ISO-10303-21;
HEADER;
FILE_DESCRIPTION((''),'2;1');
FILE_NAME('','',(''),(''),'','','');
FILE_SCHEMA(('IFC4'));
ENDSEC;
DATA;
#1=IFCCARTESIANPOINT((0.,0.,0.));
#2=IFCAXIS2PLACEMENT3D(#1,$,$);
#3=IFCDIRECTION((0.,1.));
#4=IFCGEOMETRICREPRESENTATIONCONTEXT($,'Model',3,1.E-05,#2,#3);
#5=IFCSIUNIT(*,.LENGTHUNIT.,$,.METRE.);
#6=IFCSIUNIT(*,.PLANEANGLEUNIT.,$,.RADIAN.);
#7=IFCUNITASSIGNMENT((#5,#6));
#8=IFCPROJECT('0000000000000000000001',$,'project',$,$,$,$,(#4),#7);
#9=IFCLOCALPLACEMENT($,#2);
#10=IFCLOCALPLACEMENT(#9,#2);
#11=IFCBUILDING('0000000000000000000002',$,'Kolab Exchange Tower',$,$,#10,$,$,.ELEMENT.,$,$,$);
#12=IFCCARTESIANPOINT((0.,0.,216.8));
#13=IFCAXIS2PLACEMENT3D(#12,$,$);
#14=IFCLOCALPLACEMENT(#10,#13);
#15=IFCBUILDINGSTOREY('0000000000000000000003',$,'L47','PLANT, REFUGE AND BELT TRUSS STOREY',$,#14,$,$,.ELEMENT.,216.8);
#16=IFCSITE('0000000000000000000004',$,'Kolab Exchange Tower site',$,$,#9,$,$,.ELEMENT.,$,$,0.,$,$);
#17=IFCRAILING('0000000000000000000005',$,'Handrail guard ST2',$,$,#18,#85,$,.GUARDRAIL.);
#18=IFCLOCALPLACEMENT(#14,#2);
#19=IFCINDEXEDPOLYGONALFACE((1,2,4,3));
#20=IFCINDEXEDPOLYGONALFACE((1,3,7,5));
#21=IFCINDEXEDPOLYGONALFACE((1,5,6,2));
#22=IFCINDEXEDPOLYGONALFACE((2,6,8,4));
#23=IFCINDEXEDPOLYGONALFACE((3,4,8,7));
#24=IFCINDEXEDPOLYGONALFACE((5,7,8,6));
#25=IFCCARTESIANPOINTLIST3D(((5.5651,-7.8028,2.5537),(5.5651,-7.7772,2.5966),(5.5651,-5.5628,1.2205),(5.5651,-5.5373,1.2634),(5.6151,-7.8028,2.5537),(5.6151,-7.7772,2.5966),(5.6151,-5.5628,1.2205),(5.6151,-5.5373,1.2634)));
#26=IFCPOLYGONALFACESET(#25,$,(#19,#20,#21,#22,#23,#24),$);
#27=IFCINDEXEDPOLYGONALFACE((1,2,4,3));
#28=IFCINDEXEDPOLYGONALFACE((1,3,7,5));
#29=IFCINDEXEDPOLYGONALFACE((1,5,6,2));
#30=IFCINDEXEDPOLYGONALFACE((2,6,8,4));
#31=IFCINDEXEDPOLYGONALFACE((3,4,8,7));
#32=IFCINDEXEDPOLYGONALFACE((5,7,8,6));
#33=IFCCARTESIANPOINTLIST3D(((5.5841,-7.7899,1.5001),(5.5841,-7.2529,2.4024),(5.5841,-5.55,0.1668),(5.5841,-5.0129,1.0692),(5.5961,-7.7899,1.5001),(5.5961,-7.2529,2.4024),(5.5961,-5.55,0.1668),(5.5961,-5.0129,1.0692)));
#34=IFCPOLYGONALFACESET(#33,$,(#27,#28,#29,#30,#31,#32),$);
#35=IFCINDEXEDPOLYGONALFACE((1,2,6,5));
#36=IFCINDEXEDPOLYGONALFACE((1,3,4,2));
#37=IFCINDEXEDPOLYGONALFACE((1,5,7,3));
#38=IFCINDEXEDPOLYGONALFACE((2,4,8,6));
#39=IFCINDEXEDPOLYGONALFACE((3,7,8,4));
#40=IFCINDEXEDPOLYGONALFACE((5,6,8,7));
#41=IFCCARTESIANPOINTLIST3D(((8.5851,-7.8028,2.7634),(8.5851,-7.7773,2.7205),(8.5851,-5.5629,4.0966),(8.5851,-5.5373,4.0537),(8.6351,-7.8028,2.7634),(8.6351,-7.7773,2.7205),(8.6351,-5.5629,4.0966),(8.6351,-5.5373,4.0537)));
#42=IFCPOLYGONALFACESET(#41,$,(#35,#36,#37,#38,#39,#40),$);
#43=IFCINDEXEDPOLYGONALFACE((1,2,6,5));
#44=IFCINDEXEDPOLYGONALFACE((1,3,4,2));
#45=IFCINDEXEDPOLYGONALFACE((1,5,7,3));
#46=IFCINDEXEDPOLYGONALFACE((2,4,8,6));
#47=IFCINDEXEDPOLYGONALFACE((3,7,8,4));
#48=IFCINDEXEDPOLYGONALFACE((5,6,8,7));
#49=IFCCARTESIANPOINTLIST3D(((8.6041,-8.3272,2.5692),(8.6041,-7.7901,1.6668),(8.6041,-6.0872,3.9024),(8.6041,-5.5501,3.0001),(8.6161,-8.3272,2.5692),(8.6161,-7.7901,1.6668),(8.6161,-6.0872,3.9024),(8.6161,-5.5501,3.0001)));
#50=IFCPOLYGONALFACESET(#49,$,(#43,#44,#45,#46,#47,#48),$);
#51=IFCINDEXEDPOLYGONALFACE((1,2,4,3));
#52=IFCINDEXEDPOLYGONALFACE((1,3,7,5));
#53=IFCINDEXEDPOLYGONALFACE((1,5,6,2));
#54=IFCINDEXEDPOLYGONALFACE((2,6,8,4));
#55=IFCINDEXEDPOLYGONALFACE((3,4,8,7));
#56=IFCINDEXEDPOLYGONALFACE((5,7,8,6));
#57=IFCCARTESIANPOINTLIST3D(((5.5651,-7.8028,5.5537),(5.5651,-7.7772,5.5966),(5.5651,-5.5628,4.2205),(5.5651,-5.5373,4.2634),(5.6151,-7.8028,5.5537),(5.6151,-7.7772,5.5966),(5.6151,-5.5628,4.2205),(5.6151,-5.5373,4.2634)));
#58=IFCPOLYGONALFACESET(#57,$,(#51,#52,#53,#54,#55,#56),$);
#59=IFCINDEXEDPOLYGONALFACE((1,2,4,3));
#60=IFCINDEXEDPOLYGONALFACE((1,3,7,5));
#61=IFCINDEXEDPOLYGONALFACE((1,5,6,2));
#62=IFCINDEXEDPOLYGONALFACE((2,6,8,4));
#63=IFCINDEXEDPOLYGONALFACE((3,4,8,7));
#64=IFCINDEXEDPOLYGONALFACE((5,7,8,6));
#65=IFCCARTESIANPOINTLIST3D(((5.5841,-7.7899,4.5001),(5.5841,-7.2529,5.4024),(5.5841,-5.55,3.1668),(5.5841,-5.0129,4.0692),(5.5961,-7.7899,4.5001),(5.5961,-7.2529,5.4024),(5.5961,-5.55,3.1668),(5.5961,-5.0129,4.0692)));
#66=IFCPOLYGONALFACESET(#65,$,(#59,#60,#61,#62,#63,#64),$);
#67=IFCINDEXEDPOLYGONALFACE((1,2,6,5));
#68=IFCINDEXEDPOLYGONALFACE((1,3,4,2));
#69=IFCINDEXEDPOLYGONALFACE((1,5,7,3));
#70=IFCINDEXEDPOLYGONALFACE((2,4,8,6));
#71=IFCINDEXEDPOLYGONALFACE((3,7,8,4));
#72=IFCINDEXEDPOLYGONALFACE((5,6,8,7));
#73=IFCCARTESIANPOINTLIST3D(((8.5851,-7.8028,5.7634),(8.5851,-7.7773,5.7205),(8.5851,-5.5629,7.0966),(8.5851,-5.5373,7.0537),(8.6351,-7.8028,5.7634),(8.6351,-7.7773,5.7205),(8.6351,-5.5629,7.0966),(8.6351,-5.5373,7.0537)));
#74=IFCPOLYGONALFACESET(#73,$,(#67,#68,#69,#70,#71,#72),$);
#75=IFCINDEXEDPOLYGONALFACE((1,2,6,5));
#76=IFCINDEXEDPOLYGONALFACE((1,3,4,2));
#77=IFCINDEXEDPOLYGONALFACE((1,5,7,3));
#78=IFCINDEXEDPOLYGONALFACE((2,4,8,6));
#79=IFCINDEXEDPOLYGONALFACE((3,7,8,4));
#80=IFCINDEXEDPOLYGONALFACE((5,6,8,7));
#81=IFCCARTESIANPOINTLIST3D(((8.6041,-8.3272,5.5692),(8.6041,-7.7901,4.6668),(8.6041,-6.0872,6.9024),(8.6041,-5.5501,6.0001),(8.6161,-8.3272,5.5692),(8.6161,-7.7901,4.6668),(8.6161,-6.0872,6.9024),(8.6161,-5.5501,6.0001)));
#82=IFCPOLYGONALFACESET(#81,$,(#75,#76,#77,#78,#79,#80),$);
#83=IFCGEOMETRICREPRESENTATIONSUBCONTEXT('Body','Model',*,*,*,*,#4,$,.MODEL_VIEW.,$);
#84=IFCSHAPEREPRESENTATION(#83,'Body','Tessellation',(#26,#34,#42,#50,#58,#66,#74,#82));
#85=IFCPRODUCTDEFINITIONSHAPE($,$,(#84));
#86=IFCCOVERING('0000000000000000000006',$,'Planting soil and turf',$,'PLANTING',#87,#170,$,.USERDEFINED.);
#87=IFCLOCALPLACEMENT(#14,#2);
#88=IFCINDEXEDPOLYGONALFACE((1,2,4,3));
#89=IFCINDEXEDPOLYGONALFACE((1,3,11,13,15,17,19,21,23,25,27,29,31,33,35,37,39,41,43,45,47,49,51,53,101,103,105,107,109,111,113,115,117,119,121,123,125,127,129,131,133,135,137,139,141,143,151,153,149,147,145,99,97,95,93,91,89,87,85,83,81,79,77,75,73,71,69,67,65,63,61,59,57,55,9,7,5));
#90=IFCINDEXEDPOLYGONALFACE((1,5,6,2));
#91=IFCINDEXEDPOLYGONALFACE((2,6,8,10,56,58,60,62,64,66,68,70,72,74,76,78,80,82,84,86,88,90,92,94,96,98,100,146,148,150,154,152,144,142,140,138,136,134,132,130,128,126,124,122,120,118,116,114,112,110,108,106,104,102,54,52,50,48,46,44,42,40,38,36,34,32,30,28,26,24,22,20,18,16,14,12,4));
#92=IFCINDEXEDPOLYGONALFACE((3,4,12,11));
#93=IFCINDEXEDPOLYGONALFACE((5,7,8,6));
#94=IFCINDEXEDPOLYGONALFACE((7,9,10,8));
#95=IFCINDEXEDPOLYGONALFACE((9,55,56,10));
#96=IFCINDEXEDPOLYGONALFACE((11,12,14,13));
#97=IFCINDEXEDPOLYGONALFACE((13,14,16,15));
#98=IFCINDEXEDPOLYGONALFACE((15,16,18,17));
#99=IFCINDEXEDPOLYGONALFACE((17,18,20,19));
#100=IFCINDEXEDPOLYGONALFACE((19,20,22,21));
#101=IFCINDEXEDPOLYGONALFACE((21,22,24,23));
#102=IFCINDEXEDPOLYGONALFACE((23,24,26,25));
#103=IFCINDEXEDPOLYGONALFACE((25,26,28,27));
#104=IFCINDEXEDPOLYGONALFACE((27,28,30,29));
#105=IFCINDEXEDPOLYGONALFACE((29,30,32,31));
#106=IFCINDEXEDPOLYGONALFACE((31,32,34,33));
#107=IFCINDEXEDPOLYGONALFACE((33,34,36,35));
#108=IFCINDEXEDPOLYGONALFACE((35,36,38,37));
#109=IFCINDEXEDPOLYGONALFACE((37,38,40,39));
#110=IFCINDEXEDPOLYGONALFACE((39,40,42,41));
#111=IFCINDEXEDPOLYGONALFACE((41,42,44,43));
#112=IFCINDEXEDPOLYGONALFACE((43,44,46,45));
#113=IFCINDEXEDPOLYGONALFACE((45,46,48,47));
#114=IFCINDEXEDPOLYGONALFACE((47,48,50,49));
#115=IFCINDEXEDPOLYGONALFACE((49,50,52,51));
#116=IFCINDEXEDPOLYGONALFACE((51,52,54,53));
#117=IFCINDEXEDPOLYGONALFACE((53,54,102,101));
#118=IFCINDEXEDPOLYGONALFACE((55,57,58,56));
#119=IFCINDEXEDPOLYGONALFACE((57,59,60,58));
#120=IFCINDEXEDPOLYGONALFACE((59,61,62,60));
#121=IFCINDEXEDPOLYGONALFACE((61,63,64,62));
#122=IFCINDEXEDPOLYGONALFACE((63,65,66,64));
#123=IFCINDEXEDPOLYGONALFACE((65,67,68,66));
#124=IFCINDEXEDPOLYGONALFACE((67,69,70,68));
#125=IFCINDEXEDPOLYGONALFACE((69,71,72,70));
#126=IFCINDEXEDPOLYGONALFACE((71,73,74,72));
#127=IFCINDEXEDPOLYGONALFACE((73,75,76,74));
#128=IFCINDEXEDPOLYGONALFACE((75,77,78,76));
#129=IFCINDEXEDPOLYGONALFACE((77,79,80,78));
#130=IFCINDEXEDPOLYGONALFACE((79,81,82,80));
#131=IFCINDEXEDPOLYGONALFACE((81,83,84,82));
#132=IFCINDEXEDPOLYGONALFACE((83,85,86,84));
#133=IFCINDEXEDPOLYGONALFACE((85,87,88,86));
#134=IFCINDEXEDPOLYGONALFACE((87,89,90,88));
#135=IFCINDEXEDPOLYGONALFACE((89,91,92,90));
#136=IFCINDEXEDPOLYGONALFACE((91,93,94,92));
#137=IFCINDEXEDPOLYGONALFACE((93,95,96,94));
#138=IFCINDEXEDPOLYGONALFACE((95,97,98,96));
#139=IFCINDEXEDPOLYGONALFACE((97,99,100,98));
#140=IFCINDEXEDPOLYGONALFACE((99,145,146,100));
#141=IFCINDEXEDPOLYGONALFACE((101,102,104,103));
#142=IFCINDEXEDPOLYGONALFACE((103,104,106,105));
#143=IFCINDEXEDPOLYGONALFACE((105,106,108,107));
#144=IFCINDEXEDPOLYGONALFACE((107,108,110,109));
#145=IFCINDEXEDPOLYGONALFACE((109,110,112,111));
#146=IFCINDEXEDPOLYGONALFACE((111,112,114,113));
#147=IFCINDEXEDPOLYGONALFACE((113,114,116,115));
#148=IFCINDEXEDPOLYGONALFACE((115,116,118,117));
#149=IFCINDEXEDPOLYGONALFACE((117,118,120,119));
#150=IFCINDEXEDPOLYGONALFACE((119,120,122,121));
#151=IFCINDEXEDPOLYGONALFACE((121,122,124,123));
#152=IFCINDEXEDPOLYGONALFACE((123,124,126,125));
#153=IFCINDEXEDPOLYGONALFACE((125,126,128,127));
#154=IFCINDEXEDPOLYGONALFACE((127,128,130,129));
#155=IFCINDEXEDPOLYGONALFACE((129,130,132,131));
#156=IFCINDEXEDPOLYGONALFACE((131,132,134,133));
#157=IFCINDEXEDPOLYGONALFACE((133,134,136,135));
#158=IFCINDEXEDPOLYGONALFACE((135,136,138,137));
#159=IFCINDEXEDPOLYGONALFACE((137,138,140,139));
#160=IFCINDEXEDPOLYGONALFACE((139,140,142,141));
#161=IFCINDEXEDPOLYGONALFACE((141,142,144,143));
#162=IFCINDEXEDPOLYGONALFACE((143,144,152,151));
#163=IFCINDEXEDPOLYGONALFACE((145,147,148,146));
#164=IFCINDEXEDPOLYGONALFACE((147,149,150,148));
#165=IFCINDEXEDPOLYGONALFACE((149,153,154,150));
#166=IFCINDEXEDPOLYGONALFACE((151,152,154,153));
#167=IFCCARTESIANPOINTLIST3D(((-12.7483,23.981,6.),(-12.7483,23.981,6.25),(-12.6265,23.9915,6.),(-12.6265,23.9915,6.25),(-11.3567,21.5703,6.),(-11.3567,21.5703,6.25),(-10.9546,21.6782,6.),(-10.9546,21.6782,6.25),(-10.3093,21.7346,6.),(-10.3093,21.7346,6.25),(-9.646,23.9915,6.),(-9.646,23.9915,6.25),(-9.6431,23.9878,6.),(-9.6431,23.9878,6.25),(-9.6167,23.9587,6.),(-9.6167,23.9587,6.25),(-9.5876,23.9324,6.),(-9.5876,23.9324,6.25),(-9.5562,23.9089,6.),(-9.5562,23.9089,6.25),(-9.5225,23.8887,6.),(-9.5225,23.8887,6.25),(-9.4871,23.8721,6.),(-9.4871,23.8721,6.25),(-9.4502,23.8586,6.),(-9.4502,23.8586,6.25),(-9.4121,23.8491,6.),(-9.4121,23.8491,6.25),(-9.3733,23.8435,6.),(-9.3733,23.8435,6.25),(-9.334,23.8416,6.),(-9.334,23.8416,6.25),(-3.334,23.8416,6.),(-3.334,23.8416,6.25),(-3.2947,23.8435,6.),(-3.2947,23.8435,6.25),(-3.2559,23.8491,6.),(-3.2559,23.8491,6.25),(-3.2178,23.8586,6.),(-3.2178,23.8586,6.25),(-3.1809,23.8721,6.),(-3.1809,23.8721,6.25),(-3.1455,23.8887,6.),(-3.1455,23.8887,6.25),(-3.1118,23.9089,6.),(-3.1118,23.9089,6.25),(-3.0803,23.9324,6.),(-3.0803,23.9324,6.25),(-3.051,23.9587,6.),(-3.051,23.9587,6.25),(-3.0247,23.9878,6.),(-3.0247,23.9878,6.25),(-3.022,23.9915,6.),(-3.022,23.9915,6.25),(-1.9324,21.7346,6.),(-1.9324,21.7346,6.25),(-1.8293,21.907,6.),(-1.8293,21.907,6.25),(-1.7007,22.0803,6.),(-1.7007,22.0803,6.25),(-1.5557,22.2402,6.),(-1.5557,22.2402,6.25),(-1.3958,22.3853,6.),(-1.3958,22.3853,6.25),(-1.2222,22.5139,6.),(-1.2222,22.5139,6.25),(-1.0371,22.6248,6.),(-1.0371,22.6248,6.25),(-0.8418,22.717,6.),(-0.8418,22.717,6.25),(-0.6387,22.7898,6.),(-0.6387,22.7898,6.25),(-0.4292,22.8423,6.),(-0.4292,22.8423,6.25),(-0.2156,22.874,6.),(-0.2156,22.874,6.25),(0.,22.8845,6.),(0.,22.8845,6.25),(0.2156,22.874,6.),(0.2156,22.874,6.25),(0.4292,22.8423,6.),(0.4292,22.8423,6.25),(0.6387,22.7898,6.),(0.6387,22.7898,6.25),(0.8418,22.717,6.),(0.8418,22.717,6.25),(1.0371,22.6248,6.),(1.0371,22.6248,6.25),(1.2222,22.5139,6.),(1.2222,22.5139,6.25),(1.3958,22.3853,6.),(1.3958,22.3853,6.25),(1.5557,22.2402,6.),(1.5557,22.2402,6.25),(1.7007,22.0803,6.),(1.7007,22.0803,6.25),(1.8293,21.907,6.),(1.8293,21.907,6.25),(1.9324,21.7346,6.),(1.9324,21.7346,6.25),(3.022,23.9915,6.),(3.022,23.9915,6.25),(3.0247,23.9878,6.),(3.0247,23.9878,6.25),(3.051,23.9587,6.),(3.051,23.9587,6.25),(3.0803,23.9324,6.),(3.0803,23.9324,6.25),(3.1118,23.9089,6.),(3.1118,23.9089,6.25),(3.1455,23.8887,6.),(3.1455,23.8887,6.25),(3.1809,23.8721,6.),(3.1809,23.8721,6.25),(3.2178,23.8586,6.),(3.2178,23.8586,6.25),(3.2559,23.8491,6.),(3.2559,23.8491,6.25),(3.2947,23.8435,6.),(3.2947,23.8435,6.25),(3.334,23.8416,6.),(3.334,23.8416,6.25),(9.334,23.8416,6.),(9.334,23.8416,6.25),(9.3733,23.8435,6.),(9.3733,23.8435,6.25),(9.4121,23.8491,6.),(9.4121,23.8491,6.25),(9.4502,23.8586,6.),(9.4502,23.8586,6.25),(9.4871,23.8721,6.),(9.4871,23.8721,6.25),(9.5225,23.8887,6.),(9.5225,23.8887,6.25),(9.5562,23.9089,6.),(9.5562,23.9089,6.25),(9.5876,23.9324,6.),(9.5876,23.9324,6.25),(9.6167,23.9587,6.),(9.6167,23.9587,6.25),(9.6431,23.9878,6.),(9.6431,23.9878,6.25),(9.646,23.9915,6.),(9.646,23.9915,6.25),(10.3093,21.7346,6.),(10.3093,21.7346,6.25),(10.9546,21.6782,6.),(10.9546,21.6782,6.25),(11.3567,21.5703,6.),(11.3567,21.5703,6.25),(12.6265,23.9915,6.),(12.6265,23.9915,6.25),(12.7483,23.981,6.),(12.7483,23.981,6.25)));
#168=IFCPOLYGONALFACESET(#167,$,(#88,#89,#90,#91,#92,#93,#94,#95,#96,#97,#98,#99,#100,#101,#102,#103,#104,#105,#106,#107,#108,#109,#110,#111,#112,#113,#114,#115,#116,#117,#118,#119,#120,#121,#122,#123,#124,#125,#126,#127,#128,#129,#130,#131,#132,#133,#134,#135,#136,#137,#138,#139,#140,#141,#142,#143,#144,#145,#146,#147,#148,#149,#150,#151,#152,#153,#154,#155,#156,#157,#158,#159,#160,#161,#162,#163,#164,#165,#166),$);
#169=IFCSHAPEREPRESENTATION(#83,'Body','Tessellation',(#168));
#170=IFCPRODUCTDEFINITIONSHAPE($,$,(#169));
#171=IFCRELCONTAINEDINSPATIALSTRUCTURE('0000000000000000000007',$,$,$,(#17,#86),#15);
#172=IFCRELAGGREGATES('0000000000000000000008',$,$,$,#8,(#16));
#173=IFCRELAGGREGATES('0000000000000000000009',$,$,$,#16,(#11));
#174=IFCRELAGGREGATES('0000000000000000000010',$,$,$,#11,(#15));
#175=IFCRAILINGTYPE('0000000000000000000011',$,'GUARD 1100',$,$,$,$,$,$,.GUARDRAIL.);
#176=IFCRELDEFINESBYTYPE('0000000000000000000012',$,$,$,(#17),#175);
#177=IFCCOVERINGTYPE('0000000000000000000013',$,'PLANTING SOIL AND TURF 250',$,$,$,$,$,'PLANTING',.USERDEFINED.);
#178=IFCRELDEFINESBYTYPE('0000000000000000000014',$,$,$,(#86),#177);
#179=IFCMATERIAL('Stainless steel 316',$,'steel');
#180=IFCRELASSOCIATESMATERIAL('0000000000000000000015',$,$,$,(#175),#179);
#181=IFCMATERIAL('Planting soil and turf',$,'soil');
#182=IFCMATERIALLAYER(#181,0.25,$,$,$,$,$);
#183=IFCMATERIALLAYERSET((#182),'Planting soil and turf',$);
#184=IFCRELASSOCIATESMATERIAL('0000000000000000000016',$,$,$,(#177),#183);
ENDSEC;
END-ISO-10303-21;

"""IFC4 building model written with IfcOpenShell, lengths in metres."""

from ifc_helpers import new_model, si_unit, direction, frame, frame_2d, origin, origin_2d, place, context, subcontext, project, spatial, polyline, rectangle, outline, extrude, material, layer, layer_set, type_object, element, save


model = new_model("IFC4")

# Units and contexts
model_context = context("Model", 3, precision=1e-05, world=origin(), true_north=direction((0.0, 1.0)))
body_context = subcontext(model_context, "Body", "Model", "MODEL_VIEW")
ifc_project = project(units=[si_unit("LENGTHUNIT", "METRE"), si_unit("PLANEANGLEUNIT", "RADIAN")], contexts=[model_context])

# Site, building, storey
site_placement = place(None, origin())
site = spatial("IfcSite", under=ifc_project, at=site_placement, Name="Kolab Exchange Tower site", CompositionType="ELEMENT", RefElevation=0.0)
building_placement = place(site_placement, origin())
building = spatial("IfcBuilding", under=site, at=building_placement, Name="Kolab Exchange Tower", CompositionType="ELEMENT")
storey_placement = place(building_placement, frame((0.0, 0.0, 216.8)))
storey = spatial("IfcBuildingStorey", under=building, at=storey_placement, Name="L47", Description="PLANT, REFUGE AND BELT TRUSS STOREY", CompositionType="ELEMENT", Elevation=216.8)

# Shared definitions
ifc_material_1 = material(Name="Stainless steel 316", Category="steel")

# Railing
railing_type = type_object("IfcRailingType", Name="GUARD 1100", PredefinedType="GUARDRAIL", material=ifc_material_1)
railing_1_placement = place(storey_placement, frame((5.5901, -5.55, 0.1667)))
element("IfcRailing", 1, at=railing_1_placement, inside=storey, type_object=railing_type, Name="Handrail guard ST2", PredefinedType="GUARDRAIL", context=body_context, shape_type="SweptSolid", body=[
    extrude(rectangle(XDim=0.05, YDim=0.05, at=origin_2d()), frame((0.0, 0.0, 1.0752), z_axis=(0.0, -0.859306, 0.511462), x_axis=(1.0, 0.0, 0.0)), (0.0, 0.0, 1.0), 2.6067),
    extrude(rectangle(XDim=0.012, YDim=1.0501, at=frame_2d((0.0, 0.5251))), frame((0.0, 0.0, 0.0), z_axis=(0.0, -0.859306, 0.511462), x_axis=(1.0, 0.0, 0.0)), (0.0, 0.0, 1.0), 2.6067),
    extrude(rectangle(XDim=0.05, YDim=0.05, at=origin_2d()), frame((3.02, -2.24, 2.5752), z_axis=(0.0, 0.859306, 0.511462), x_axis=(-1.0, 0.0, 0.0)), (0.0, 0.0, 1.0), 2.6067),
    extrude(rectangle(XDim=0.012, YDim=1.0501, at=frame_2d((0.0, 0.5251))), frame((3.02, -2.24, 1.5), z_axis=(0.0, 0.859306, 0.511462), x_axis=(-1.0, 0.0, 0.0)), (0.0, 0.0, 1.0), 2.6067),
    extrude(rectangle(XDim=0.05, YDim=0.05, at=origin_2d()), frame((0.0, 0.0, 4.0752), z_axis=(0.0, -0.859306, 0.511462), x_axis=(1.0, 0.0, 0.0)), (0.0, 0.0, 1.0), 2.6067),
    extrude(rectangle(XDim=0.012, YDim=1.0501, at=frame_2d((0.0, 0.5251))), frame((0.0, 0.0, 3.0), z_axis=(0.0, -0.859306, 0.511462), x_axis=(1.0, 0.0, 0.0)), (0.0, 0.0, 1.0), 2.6067),
    extrude(rectangle(XDim=0.05, YDim=0.05, at=origin_2d()), frame((3.02, -2.24, 5.5752), z_axis=(0.0, 0.859306, 0.511462), x_axis=(-1.0, 0.0, 0.0)), (0.0, 0.0, 1.0), 2.6067),
    extrude(rectangle(XDim=0.012, YDim=1.0501, at=frame_2d((0.0, 0.5251))), frame((3.02, -2.24, 4.5), z_axis=(0.0, 0.859306, 0.511462), x_axis=(-1.0, 0.0, 0.0)), (0.0, 0.0, 1.0), 2.6067),
])

# Covering
ifc_material_2 = material(Name="Planting soil and turf", Category="soil")
ifc_layer_1 = layer(ifc_material_2, 0.25)
ifc_layer_set_1 = layer_set([ifc_layer_1], Name="Planting soil and turf")
covering_type_1 = type_object("IfcCoveringType", Name="PLANTING SOIL AND TURF 250", ElementType="PLANTING", PredefinedType="USERDEFINED", material=ifc_layer_set_1)
covering_1_placement = place(storey_placement, frame((0.0, 0.0, 6.0)))
element("IfcCovering", 2, at=covering_1_placement, inside=storey, type_object=covering_type_1, Name="Planting soil and turf", ObjectType="PLANTING", PredefinedType="USERDEFINED", context=body_context, shape_type="SweptSolid", body=[
    extrude(outline(polyline([(-12.6265, 23.9915), (-9.646, 23.9915), (-9.6431, 23.9878), (-9.6167, 23.9587), (-9.5876, 23.9324), (-9.5562, 23.9089), (-9.5225, 23.8887), (-9.4871, 23.8721), (-9.4502, 23.8586), (-9.4121, 23.8491), (-9.3733, 23.8435), (-9.334, 23.8416), (-3.334, 23.8416), (-3.2947, 23.8435), (-3.2559, 23.8491), (-3.2178, 23.8586), (-3.1809, 23.8721), (-3.1455, 23.8887), (-3.1118, 23.9089), (-3.0803, 23.9324), (-3.051, 23.9587), (-3.0247, 23.9878), (-3.022, 23.9915), (3.022, 23.9915), (3.0247, 23.9878), (3.051, 23.9587), (3.0803, 23.9324), (3.1118, 23.9089), (3.1455, 23.8887), (3.1809, 23.8721), (3.2178, 23.8586), (3.2559, 23.8491), (3.2947, 23.8435), (3.334, 23.8416), (9.334, 23.8416), (9.3733, 23.8435), (9.4121, 23.8491), (9.4502, 23.8586), (9.4871, 23.8721), (9.5225, 23.8887), (9.5562, 23.9089), (9.5876, 23.9324), (9.6167, 23.9587), (9.6431, 23.9878), (9.646, 23.9915), (12.6265, 23.9915), (12.7483, 23.981), (11.3567, 21.5703), (10.9546, 21.6782), (10.3093, 21.7346), (1.9324, 21.7346), (1.8293, 21.907), (1.7007, 22.0803), (1.5557, 22.2402), (1.3958, 22.3853), (1.2222, 22.5139), (1.0371, 22.6248), (0.8418, 22.717), (0.6387, 22.7898), (0.4292, 22.8423), (0.2156, 22.874), (0.0, 22.8845), (-0.2156, 22.874), (-0.4292, 22.8423), (-0.6387, 22.7898), (-0.8418, 22.717), (-1.0371, 22.6248), (-1.2222, 22.5139), (-1.3958, 22.3853), (-1.5557, 22.2402), (-1.7007, 22.0803), (-1.8293, 21.907), (-1.9324, 21.7346), (-10.3093, 21.7346), (-10.9546, 21.6782), (-11.3567, 21.5703), (-12.7483, 23.981), (-12.6265, 23.9915)])), origin(), (0.0, 0.0, 1.0), 0.25),
])

save(model, "model.ifc")
